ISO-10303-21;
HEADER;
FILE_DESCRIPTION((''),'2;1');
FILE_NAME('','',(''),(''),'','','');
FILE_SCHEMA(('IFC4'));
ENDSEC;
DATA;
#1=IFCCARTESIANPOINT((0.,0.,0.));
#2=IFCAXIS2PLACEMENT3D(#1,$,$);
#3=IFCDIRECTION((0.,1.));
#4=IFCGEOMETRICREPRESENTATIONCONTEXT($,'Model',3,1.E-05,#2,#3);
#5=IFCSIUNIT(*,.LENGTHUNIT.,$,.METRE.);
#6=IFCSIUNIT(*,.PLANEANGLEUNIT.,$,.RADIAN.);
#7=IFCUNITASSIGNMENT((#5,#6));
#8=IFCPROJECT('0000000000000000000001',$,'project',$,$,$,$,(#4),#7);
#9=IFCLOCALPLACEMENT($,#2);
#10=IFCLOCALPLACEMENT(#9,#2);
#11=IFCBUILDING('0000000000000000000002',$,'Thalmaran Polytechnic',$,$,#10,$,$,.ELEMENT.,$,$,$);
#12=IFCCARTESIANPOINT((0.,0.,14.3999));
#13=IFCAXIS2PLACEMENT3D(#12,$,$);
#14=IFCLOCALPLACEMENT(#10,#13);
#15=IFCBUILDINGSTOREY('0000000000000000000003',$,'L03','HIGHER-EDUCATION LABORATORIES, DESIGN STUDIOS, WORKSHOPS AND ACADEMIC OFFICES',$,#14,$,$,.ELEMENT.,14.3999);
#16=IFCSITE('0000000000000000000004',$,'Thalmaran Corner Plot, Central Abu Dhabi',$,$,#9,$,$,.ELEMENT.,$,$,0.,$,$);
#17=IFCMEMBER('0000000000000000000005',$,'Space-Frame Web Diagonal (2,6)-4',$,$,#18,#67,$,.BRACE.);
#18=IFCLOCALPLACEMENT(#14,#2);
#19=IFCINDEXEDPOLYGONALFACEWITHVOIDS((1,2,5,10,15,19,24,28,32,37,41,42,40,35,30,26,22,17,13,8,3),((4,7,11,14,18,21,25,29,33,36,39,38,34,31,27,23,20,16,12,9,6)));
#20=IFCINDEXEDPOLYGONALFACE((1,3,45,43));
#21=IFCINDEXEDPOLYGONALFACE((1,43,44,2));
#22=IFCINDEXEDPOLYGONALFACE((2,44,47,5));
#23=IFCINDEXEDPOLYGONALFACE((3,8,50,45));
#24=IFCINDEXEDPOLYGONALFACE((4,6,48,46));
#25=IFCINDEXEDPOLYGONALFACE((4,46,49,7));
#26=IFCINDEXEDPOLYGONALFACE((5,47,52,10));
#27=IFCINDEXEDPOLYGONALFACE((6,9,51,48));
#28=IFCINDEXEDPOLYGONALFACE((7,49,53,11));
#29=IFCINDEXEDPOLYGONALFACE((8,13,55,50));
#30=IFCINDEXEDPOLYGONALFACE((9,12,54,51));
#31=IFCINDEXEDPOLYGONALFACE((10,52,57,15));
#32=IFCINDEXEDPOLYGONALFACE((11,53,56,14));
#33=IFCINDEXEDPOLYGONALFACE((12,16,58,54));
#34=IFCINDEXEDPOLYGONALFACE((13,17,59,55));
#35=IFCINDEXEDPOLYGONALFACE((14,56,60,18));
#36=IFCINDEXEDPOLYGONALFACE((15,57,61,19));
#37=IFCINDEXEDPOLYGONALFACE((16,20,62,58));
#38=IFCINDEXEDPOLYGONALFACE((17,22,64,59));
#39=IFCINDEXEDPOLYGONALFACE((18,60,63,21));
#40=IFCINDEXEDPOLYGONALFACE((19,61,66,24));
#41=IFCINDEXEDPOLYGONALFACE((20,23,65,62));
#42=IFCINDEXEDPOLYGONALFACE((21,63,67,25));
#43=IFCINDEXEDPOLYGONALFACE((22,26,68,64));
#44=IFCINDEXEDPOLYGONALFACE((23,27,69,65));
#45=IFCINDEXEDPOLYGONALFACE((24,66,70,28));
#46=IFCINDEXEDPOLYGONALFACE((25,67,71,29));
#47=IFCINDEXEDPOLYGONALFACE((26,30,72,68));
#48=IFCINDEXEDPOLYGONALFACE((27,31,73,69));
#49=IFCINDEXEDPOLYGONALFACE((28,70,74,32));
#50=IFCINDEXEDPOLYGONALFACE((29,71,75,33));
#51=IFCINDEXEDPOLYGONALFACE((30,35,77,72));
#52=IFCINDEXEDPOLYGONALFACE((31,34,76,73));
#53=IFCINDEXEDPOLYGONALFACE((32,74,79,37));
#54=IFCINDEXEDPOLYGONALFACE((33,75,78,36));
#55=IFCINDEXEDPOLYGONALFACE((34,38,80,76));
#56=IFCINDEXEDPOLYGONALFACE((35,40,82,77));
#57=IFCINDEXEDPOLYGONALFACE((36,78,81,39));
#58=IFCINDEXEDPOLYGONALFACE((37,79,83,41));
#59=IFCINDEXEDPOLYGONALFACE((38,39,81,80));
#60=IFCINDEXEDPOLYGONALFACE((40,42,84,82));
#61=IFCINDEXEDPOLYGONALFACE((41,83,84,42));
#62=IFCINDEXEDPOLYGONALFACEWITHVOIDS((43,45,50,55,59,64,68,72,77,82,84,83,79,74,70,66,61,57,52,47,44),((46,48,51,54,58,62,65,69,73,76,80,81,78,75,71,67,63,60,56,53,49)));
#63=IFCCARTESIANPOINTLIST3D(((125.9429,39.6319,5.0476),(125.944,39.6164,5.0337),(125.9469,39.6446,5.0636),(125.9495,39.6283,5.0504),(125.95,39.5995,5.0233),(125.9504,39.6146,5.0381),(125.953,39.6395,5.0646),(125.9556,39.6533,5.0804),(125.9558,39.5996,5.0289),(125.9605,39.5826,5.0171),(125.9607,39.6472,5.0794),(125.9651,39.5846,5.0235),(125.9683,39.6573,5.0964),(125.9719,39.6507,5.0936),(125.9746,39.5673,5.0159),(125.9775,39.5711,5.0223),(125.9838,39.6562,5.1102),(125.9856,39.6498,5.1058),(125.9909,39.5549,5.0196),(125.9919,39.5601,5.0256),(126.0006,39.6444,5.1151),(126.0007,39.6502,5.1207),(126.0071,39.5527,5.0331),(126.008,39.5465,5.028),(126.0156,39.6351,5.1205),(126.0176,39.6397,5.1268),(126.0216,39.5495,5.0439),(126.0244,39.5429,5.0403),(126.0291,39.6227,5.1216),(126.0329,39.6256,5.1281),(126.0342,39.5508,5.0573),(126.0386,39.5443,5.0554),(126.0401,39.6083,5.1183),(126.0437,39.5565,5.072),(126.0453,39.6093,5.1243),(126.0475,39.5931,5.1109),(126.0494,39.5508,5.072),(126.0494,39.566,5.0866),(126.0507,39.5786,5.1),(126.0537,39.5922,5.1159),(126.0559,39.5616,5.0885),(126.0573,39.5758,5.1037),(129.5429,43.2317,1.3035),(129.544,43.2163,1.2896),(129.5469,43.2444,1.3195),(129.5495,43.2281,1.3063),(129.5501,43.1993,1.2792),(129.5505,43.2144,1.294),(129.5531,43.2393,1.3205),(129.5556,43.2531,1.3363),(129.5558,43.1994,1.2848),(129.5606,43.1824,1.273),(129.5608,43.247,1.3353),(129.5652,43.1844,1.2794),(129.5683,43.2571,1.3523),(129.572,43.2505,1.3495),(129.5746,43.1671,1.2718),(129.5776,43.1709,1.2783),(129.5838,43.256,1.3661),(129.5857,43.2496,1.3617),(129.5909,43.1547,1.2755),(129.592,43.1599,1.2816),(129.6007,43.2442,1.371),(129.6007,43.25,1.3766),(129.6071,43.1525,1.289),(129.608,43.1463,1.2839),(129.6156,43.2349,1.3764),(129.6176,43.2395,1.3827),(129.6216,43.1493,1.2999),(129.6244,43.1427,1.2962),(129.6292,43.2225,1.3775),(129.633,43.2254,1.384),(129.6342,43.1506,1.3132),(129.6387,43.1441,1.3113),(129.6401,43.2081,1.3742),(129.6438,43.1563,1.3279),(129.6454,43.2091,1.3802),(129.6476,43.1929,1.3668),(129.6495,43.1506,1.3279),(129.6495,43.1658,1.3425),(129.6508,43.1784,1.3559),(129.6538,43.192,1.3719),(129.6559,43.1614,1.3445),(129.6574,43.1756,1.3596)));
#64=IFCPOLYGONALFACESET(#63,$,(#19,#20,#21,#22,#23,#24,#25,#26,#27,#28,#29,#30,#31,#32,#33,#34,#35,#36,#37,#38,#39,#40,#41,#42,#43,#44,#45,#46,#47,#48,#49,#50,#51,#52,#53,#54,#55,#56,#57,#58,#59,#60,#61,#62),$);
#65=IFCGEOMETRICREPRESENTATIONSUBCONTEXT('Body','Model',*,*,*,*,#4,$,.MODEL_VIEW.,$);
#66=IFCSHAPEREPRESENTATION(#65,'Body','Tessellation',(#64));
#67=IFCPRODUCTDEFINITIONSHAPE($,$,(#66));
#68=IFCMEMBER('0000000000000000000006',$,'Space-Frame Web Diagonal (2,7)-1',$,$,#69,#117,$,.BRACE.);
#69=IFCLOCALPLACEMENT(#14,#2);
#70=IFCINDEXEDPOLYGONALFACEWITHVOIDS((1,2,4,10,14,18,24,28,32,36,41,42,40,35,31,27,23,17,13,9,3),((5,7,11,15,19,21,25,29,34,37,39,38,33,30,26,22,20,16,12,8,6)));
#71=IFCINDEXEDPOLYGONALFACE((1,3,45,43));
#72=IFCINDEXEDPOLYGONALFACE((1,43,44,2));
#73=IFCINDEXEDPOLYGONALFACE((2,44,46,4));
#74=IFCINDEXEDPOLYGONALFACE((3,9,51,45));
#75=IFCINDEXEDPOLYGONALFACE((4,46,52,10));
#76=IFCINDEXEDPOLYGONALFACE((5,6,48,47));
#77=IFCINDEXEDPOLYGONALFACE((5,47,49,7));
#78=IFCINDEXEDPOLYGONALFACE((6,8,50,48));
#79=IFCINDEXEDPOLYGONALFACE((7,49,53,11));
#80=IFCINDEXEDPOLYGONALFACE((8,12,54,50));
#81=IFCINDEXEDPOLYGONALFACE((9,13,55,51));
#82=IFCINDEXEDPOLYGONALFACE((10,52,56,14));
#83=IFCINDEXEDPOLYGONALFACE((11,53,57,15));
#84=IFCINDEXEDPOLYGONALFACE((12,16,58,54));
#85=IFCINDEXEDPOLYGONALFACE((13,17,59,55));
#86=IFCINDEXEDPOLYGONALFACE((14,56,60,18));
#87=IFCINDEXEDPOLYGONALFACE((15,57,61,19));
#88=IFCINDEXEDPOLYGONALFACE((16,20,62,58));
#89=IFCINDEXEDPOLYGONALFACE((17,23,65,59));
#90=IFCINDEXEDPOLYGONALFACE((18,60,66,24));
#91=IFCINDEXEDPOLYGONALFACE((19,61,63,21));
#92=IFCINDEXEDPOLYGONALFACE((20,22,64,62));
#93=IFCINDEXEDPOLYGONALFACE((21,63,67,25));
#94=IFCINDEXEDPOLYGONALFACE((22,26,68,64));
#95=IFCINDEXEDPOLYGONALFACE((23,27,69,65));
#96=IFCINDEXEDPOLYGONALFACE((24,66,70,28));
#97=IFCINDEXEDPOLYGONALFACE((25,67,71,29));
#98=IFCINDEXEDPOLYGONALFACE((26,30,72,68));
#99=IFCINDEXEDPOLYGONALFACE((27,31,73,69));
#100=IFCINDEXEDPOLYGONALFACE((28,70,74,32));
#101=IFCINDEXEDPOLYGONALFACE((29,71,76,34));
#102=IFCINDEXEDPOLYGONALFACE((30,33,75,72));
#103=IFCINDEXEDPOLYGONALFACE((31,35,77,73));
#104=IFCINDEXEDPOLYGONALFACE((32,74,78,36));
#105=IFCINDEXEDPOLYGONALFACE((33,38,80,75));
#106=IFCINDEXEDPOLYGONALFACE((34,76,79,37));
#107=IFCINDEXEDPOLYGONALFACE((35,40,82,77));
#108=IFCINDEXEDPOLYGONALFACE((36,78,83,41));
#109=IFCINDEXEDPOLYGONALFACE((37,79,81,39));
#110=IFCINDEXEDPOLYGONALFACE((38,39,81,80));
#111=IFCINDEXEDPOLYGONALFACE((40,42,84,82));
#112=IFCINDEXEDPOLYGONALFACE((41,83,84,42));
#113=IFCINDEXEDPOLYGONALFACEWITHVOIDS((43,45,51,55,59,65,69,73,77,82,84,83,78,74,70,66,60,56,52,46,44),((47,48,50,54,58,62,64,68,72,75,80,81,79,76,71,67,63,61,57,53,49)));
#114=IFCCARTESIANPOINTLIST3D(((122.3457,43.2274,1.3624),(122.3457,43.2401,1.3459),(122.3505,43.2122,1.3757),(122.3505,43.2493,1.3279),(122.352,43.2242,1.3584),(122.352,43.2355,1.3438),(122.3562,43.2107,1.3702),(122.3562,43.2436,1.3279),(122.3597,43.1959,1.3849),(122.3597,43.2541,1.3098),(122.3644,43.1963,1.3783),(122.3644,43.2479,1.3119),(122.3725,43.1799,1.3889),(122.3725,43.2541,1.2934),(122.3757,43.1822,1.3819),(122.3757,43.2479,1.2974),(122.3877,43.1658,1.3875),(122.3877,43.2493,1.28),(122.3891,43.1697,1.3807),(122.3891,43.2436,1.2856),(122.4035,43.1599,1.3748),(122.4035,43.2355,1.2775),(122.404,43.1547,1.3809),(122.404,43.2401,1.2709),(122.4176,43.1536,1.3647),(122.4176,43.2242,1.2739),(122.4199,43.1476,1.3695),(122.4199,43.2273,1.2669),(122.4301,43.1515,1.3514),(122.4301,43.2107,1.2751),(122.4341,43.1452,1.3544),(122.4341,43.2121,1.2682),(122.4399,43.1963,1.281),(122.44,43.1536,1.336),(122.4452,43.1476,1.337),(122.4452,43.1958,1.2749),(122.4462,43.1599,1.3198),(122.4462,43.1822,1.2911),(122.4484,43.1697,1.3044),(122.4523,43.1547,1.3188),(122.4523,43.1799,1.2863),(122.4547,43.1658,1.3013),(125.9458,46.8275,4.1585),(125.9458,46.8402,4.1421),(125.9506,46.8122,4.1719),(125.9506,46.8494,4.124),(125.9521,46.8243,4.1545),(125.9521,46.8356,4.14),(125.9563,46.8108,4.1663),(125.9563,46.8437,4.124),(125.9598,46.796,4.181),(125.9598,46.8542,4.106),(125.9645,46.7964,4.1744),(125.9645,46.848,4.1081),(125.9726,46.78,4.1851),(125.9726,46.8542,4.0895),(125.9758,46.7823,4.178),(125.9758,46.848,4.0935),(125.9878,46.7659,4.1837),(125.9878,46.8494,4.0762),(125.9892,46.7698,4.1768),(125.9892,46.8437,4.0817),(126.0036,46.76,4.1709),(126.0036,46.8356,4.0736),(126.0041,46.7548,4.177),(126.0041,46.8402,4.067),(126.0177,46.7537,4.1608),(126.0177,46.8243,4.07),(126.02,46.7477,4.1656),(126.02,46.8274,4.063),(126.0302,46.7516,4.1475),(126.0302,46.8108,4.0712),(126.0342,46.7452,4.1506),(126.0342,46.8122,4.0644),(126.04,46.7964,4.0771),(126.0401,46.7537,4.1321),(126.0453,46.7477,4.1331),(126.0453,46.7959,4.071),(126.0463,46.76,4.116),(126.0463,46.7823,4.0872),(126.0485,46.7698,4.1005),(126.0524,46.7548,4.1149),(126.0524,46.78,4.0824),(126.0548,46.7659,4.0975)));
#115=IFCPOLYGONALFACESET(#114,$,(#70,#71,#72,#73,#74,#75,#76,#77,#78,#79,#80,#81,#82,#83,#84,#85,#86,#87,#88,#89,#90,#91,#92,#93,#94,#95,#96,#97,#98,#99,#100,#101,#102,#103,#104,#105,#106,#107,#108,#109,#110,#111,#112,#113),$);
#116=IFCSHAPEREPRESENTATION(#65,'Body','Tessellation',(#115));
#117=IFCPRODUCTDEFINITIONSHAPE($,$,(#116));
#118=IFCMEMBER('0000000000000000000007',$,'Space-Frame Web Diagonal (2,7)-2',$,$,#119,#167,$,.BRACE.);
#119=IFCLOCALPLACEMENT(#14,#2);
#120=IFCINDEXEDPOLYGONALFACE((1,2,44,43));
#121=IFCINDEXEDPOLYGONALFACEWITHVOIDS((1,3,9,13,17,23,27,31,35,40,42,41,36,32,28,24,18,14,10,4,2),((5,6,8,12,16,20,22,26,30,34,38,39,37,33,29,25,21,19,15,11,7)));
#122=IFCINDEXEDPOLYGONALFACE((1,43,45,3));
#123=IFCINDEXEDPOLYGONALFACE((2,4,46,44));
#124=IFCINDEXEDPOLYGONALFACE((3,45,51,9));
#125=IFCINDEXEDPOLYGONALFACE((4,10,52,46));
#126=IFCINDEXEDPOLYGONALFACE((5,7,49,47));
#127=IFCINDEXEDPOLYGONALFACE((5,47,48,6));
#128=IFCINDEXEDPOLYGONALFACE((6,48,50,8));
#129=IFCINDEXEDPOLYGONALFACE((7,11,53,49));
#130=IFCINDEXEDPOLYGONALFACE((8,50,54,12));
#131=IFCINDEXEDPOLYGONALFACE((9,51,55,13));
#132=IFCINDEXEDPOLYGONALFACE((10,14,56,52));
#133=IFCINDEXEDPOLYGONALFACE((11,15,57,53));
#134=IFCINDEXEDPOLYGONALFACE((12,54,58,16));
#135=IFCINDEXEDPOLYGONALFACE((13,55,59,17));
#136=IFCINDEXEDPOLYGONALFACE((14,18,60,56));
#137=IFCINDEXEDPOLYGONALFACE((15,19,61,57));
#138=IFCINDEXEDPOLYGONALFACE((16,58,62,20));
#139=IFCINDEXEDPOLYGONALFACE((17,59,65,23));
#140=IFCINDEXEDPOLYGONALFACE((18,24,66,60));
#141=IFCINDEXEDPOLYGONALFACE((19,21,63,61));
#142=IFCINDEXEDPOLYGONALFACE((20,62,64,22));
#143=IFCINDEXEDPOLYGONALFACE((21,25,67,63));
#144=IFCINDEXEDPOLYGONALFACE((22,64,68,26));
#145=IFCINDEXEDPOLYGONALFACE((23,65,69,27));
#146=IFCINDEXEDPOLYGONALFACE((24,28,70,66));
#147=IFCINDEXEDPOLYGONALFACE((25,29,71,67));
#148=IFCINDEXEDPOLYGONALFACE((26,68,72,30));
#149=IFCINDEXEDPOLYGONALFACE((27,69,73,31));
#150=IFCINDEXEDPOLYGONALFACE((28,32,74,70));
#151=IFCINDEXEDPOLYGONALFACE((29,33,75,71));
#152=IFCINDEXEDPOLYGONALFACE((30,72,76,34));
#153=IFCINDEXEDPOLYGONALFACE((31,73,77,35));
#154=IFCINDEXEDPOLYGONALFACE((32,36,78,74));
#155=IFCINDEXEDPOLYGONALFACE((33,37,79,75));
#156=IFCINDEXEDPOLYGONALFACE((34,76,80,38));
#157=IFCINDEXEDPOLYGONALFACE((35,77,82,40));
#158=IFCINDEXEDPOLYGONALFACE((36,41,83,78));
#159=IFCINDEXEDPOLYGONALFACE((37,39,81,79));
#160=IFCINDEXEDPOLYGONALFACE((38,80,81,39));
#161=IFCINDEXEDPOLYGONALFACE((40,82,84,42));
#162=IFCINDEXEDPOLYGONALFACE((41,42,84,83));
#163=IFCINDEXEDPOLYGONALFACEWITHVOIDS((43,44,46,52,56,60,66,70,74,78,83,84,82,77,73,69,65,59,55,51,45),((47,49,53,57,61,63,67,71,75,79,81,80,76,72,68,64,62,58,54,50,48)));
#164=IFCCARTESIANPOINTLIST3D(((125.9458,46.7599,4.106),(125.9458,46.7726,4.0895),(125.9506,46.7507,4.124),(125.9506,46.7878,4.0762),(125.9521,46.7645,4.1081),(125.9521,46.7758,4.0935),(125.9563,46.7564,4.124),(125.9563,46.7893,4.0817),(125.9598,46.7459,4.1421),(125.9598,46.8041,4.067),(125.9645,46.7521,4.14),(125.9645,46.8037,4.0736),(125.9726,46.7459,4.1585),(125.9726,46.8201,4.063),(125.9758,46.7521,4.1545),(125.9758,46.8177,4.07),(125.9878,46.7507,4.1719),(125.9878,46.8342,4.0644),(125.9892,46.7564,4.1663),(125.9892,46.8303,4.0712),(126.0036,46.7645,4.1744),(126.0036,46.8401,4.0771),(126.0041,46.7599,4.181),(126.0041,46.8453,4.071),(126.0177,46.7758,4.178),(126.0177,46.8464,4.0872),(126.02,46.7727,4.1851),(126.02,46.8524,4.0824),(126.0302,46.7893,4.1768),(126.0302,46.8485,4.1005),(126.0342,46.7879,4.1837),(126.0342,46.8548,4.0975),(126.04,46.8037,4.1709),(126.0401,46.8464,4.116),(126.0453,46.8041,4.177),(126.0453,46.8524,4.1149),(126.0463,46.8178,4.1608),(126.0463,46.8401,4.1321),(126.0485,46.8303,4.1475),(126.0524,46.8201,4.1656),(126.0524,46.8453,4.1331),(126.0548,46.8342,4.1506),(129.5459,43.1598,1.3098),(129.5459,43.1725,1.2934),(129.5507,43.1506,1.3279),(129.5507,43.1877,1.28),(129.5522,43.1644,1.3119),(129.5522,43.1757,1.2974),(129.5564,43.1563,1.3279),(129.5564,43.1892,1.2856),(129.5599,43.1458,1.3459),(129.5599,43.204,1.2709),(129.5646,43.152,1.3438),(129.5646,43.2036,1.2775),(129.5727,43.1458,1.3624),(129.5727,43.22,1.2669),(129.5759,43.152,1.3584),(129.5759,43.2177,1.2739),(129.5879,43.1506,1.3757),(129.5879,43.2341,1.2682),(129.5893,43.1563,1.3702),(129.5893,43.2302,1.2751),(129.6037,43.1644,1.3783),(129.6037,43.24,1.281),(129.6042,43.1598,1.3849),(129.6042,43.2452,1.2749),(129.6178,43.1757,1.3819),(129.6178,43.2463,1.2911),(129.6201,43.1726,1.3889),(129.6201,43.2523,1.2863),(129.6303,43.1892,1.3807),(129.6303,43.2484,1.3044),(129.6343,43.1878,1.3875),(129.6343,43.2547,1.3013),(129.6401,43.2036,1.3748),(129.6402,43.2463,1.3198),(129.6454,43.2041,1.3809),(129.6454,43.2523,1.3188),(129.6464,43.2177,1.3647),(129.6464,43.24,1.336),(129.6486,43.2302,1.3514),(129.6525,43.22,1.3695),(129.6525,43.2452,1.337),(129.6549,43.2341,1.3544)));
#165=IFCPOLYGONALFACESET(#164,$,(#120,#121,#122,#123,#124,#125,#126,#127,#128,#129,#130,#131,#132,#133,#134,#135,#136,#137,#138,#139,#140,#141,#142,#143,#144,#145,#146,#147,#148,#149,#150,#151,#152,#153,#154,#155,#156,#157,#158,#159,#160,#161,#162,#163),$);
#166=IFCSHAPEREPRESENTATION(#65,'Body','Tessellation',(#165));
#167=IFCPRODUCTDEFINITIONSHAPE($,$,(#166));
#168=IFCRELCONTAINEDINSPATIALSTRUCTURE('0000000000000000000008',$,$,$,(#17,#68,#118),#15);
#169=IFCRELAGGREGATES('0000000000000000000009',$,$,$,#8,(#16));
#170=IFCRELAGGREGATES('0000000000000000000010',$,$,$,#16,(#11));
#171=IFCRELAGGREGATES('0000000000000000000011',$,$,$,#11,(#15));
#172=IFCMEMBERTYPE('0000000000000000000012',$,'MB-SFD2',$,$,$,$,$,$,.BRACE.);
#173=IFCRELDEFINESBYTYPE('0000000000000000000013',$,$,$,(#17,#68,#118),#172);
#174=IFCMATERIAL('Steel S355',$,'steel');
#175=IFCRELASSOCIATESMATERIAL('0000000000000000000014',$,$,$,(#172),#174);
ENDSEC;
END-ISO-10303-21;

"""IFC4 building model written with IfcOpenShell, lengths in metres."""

from ifc_helpers import new_model, si_unit, direction, frame, origin, origin_2d, place, context, subcontext, project, spatial, hollow_circle, extrude, material, material_profile, profile_set, type_object, element, save


model = new_model("IFC4")

# Units and contexts
model_context = context("Model", 3, precision=1e-05, world=origin(), true_north=direction((0.0, 1.0)))
body_context = subcontext(model_context, "Body", "Model", "MODEL_VIEW")
ifc_project = project(units=[si_unit("LENGTHUNIT", "METRE"), si_unit("PLANEANGLEUNIT", "RADIAN")], contexts=[model_context])

# Site, building, storey
site_placement = place(None, origin())
site = spatial("IfcSite", under=ifc_project, at=site_placement, Name="Thalmaran Corner Plot, Central Abu Dhabi", CompositionType="ELEMENT", RefElevation=0.0)
building_placement = place(site_placement, origin())
building = spatial("IfcBuilding", under=site, at=building_placement, Name="Thalmaran Polytechnic", CompositionType="ELEMENT")
storey_placement = place(building_placement, frame((0.0, 0.0, 14.3999)))
storey = spatial("IfcBuildingStorey", under=building, at=storey_placement, Name="L03", Description="HIGHER-EDUCATION LABORATORIES, DESIGN STUDIOS, WORKSHOPS AND ACADEMIC OFFICES", CompositionType="ELEMENT", Elevation=14.3999)

# Members
ifc_material = material(Name="Steel S355", Category="steel")
ifc_material_profile_1 = material_profile(ifc_material, hollow_circle(Radius=0.0698, WallThickness=0.0081, at=origin_2d()), Name="CHS 139.7x8.0")
ifc_profile_set_1 = profile_set([ifc_material_profile_1], Name="Steel S355")
member_type_1 = type_object("IfcMemberType", Name="MB-SFD2", PredefinedType="BRACE", material=ifc_profile_set_1)
for number, where, z_axis, x_axis, name in (
    (1, (129.6001, 43.2, 1.3279), (-0.569665, -0.569627, 0.592458), (0.707083, -0.707131, 0.0), "Space-Frame Web Diagonal (2,6)-4"),
):
    element("IfcMember", number, at=place(storey_placement, frame(where, z_axis=z_axis, x_axis=x_axis)), inside=storey, type_object=member_type_1, Name=name, PredefinedType="BRACE", context=body_context, shape_type="SweptSolid", body=[
        extrude(hollow_circle(Radius=0.0698, WallThickness=0.0081, at=origin_2d()), origin(), (0.0, 0.0, 1.0), 6.3196),
    ])
for number, where, z_axis, x_axis, name in (
    (2, (122.3999, 43.2, 1.3279), (0.619788, 0.619788, 0.48138), (-0.707107, 0.707107, 0.0), "Space-Frame Web Diagonal (2,7)-1"),
    (3, (129.6001, 43.2, 1.3279), (-0.619788, 0.619788, 0.48138), (-0.707107, -0.707107, 0.0), "Space-Frame Web Diagonal (2,7)-2"),
):
    element("IfcMember", number, at=place(storey_placement, frame(where, z_axis=z_axis, x_axis=x_axis)), inside=storey, type_object=member_type_1, Name=name, PredefinedType="BRACE", context=body_context, shape_type="SweptSolid", body=[
        extrude(hollow_circle(Radius=0.0698, WallThickness=0.0081, at=origin_2d()), origin(), (0.0, 0.0, 1.0), 5.8086),
    ])

save(model, "model.ifc")
